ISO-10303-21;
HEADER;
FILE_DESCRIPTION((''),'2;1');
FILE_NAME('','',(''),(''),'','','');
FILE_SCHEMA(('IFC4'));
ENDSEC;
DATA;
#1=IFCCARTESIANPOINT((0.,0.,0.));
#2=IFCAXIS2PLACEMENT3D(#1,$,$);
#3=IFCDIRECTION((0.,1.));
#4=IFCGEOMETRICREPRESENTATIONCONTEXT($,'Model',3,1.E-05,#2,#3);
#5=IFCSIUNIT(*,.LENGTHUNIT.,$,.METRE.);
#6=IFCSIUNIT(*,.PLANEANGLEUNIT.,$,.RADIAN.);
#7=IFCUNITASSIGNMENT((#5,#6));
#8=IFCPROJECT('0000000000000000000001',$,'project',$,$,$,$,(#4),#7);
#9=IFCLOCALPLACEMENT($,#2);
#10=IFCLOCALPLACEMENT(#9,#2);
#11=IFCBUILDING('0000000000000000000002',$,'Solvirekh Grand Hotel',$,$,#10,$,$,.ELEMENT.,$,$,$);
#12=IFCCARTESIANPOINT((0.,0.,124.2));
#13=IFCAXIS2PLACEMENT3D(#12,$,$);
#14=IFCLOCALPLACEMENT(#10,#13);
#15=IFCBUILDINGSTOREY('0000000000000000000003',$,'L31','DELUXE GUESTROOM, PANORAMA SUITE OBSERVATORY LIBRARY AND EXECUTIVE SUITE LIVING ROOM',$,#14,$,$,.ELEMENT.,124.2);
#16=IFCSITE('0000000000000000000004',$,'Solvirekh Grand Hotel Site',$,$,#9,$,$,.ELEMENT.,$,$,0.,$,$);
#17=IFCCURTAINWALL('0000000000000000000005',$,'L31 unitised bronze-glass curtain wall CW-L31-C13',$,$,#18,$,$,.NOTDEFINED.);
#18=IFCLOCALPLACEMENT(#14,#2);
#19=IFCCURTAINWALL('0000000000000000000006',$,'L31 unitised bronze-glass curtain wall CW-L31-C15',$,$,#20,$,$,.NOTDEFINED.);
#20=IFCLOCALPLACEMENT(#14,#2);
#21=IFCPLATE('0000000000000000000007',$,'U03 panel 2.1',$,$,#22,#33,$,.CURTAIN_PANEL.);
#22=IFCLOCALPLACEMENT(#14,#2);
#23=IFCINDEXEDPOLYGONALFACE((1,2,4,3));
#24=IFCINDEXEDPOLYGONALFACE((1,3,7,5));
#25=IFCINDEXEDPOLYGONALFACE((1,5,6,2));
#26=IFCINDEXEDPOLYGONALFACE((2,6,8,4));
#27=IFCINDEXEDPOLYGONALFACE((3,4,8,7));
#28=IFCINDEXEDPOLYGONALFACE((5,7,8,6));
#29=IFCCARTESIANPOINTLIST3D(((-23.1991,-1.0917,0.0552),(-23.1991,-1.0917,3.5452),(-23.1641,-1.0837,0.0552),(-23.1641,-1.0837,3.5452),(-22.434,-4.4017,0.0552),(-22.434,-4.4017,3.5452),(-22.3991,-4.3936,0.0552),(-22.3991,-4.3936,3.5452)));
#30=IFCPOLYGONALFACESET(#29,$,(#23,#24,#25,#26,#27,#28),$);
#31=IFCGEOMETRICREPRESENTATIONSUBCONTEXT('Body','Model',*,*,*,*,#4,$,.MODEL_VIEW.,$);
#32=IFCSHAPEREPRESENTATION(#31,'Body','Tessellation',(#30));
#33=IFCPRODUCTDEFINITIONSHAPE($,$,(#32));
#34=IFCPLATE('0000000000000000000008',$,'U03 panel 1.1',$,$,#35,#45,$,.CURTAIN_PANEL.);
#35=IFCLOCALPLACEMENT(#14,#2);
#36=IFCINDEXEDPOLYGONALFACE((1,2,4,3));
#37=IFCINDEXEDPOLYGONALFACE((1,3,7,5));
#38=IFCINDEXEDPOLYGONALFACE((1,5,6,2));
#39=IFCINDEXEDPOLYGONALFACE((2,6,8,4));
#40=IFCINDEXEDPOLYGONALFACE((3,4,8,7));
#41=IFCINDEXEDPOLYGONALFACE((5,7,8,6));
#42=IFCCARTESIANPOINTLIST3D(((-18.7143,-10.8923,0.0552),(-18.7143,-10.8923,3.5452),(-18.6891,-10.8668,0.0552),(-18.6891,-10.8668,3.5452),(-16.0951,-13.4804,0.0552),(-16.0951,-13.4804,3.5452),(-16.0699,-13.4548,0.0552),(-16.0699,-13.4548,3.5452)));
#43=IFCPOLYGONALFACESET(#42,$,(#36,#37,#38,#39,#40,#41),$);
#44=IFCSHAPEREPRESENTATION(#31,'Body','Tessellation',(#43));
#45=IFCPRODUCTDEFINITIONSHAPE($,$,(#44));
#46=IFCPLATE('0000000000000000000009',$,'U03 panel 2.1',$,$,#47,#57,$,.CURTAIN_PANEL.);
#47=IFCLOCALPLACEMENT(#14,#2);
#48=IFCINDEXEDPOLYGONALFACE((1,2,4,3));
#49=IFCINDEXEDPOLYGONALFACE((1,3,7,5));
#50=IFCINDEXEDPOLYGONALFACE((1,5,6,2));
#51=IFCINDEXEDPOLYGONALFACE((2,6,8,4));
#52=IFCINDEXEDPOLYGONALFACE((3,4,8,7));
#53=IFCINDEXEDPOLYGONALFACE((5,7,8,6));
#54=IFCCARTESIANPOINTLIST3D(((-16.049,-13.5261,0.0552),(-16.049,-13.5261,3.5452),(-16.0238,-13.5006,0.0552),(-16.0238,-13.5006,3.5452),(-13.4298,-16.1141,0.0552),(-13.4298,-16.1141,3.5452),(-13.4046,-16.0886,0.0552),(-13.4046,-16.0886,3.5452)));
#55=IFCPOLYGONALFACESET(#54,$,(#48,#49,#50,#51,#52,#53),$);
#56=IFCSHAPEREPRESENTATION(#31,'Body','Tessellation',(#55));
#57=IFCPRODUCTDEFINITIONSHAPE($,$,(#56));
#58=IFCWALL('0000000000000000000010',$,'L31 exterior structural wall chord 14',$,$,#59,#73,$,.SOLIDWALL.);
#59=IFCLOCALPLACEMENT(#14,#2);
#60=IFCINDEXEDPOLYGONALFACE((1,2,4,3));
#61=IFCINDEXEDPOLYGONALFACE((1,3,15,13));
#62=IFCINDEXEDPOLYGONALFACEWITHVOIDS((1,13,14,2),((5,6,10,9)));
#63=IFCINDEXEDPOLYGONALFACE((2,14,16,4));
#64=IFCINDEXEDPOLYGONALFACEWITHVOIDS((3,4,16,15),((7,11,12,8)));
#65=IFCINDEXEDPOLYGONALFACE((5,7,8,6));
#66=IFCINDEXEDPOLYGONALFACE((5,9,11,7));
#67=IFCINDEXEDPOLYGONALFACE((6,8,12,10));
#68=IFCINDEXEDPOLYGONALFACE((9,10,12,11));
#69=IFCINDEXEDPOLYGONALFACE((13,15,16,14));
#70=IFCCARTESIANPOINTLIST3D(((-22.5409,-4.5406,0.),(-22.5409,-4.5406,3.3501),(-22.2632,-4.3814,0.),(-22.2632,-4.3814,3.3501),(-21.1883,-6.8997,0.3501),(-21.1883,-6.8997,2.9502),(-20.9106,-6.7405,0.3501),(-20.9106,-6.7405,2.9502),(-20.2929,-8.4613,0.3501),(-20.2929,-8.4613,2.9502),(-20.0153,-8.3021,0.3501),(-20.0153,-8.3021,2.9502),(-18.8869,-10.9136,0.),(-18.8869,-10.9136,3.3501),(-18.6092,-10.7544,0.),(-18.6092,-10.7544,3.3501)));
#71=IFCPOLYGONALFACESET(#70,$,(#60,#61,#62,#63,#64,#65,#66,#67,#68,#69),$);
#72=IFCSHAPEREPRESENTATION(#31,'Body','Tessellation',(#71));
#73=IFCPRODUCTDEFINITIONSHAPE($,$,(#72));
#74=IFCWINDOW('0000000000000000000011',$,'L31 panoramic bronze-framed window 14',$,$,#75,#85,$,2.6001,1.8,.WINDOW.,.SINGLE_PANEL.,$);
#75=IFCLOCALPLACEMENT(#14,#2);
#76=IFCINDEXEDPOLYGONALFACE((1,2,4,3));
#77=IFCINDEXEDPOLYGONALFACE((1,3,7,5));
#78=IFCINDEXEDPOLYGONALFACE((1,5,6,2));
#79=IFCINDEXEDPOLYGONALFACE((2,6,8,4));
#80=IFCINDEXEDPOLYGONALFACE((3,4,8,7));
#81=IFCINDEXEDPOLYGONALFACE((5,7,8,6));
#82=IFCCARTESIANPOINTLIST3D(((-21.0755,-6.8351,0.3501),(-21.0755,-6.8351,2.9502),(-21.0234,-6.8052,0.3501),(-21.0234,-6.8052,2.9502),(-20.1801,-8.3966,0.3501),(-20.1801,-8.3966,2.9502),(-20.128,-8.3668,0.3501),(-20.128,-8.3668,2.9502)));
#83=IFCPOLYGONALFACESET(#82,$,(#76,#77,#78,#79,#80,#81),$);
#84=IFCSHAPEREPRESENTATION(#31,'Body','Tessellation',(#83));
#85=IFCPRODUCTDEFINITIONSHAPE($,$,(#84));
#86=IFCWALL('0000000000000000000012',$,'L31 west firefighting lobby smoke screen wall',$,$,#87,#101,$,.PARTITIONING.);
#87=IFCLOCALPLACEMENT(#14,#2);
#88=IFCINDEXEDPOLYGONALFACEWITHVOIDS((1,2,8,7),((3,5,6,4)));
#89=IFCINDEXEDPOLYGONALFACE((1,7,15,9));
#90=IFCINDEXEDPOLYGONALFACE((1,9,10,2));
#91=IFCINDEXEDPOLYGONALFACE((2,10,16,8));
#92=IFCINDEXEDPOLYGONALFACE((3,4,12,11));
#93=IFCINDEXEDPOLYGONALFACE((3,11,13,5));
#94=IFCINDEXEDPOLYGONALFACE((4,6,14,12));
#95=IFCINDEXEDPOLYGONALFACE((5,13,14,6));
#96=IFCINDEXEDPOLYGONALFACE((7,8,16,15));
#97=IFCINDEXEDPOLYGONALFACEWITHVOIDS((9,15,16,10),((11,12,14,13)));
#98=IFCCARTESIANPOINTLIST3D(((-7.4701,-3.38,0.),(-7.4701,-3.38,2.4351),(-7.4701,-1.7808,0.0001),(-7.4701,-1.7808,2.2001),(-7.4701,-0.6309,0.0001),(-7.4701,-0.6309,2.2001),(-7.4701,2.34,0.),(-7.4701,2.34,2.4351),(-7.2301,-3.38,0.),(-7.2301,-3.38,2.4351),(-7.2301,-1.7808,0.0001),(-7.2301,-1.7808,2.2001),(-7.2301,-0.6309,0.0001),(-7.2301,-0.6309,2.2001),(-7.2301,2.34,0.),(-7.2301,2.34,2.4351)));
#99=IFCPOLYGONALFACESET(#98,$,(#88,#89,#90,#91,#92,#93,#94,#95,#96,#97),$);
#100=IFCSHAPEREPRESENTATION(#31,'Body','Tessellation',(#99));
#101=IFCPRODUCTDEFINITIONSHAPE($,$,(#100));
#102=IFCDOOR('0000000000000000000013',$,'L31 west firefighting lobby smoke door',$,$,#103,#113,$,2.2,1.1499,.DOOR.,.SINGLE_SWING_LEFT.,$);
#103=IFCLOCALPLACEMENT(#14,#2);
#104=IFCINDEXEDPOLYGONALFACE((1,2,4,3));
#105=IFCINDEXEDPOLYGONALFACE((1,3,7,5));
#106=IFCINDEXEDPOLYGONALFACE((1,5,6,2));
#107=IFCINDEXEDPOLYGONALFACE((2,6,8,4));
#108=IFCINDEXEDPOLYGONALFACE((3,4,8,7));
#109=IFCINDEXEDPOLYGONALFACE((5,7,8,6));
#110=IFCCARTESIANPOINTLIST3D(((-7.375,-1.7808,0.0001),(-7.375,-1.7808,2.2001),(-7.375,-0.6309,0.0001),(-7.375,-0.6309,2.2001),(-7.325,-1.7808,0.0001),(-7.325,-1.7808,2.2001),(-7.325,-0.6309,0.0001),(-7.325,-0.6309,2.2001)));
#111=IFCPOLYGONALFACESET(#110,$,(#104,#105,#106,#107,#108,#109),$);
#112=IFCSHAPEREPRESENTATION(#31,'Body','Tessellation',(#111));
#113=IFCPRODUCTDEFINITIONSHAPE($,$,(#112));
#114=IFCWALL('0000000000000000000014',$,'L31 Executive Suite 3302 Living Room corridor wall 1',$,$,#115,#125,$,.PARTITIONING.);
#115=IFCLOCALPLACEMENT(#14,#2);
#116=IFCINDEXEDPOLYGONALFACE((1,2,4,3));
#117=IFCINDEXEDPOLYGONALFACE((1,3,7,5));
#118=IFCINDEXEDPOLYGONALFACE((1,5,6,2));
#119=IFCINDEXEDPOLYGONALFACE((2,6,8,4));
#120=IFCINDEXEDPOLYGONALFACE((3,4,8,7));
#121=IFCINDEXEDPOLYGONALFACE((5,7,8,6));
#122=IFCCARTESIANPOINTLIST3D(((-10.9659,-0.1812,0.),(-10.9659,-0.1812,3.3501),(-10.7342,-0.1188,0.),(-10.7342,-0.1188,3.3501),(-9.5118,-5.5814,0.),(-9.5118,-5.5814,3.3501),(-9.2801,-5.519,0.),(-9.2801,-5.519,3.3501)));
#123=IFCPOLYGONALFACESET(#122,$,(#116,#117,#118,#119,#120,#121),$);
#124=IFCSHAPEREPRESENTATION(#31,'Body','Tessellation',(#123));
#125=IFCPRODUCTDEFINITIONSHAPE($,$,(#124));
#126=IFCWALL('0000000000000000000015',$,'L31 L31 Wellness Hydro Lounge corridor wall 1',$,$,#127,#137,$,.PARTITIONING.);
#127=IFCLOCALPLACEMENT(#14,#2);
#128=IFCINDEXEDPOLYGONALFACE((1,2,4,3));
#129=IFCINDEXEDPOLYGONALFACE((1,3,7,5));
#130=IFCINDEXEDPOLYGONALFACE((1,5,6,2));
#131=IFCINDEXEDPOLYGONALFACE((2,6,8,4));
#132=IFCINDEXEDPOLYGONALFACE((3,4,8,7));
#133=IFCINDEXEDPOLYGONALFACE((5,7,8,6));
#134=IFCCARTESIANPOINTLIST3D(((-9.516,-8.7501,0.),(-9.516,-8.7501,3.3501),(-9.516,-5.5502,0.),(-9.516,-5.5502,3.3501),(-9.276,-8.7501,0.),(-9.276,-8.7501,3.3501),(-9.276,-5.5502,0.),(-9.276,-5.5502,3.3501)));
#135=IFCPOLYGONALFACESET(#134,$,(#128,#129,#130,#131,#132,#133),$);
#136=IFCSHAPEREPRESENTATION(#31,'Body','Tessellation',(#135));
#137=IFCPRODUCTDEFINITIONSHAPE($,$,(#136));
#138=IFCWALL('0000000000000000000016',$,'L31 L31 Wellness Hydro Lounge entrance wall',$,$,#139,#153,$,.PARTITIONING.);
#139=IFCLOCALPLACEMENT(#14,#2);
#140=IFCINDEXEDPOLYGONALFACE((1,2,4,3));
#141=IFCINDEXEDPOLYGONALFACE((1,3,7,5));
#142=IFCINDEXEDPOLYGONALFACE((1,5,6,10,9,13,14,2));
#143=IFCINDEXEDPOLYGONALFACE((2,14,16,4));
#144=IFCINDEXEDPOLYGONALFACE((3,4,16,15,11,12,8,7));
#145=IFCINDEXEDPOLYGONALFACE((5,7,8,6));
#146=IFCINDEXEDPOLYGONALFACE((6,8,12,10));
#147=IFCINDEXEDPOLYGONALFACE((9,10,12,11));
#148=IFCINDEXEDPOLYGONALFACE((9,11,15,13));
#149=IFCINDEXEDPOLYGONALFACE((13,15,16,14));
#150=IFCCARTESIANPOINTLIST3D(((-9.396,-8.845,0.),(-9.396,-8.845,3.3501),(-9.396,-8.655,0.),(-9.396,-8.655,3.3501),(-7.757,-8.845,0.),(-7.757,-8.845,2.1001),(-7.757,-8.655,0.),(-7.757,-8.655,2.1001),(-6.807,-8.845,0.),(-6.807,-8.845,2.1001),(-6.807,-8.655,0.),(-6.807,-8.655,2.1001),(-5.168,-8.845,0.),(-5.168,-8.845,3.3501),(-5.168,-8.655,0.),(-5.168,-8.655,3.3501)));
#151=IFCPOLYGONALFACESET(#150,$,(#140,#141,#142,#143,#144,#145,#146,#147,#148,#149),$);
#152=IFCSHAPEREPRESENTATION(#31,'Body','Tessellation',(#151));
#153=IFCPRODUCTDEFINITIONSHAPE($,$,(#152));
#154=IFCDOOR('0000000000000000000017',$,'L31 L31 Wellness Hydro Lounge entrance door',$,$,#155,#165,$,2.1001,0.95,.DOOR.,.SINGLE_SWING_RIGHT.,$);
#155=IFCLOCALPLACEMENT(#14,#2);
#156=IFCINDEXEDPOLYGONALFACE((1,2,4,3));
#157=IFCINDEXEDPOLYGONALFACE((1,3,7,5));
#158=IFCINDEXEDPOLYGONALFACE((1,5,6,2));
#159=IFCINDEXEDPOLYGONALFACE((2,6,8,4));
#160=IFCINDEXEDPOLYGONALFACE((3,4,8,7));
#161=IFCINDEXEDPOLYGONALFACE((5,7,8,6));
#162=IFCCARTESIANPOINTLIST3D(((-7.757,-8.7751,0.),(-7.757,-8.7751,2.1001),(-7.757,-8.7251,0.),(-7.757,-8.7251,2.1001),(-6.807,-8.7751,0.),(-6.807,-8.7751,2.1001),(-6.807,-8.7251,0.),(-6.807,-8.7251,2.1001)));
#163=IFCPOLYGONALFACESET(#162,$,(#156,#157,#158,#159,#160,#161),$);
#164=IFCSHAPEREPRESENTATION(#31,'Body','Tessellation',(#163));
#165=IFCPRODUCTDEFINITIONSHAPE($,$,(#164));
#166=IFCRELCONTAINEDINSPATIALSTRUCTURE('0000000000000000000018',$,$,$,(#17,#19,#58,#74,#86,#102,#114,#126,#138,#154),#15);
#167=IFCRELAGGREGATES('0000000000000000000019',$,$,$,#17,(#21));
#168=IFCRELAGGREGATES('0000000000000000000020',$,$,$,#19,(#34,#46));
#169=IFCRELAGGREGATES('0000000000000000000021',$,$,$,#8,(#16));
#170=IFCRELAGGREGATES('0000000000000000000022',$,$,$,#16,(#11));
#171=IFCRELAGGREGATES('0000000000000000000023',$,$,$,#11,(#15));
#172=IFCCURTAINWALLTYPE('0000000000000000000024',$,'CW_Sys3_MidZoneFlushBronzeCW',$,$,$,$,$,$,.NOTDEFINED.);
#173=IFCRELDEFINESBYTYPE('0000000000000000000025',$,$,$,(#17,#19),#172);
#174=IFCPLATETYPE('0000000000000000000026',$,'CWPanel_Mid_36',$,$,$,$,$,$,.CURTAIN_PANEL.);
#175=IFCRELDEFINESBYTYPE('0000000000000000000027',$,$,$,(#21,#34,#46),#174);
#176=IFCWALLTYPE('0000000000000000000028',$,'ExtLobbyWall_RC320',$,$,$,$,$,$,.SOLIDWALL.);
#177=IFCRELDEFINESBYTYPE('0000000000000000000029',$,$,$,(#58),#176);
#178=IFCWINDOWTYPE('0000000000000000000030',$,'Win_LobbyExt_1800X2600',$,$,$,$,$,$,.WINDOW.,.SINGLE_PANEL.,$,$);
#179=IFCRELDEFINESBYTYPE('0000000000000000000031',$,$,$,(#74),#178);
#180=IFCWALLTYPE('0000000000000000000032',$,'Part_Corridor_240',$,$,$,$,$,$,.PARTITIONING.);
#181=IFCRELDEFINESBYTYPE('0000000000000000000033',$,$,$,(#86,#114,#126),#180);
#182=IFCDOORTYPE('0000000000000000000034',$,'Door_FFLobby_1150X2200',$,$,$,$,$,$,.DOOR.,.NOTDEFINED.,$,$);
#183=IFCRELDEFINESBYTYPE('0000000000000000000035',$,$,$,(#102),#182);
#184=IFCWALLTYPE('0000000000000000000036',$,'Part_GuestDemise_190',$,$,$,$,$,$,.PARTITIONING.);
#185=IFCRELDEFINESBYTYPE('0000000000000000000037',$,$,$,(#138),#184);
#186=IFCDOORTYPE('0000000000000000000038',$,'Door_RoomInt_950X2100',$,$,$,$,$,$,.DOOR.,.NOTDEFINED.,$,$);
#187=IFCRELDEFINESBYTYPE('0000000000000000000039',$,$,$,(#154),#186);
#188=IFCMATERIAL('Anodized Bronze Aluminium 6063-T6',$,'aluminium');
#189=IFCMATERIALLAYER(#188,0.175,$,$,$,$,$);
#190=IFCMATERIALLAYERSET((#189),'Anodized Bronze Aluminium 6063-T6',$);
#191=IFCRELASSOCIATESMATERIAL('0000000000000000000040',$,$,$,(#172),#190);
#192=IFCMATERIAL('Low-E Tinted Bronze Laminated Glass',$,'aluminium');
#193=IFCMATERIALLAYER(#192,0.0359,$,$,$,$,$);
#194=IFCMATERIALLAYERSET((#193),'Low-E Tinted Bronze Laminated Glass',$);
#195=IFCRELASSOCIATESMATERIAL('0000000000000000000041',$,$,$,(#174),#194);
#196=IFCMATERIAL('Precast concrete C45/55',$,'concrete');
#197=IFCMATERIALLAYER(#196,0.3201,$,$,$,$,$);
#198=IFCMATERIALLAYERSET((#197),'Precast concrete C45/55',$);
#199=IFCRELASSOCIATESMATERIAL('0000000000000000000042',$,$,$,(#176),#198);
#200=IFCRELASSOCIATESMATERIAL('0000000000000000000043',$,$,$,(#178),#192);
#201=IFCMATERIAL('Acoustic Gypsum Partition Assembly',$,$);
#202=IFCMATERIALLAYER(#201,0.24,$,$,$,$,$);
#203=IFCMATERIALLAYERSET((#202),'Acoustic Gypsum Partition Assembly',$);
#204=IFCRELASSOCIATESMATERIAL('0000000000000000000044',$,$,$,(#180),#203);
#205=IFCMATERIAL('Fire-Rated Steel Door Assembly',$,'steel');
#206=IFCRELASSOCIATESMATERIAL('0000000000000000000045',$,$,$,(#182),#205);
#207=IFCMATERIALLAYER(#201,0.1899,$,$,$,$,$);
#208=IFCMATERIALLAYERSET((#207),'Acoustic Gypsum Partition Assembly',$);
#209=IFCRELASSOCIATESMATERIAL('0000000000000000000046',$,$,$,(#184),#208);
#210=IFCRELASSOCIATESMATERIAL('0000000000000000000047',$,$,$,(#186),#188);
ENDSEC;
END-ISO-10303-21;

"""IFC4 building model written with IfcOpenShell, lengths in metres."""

from ifc_helpers import new_model, si_unit, direction, frame, frame_2d, origin, origin_2d, place, context, subcontext, project, spatial, rectangle, extrude, source, transform, mapped, material, layer, layer_set, type_object, element, fill, aggregate, save


model = new_model("IFC4")

# Units and contexts
model_context = context("Model", 3, precision=1e-05, world=origin(), true_north=direction((0.0, 1.0)))
body_context = subcontext(model_context, "Body", "Model", "MODEL_VIEW")
ifc_project = project(units=[si_unit("LENGTHUNIT", "METRE"), si_unit("PLANEANGLEUNIT", "RADIAN")], contexts=[model_context])

# Site, building, storey
site_placement = place(None, origin())
site = spatial("IfcSite", under=ifc_project, at=site_placement, Name="Solvirekh Grand Hotel Site", CompositionType="ELEMENT", RefElevation=0.0)
building_placement = place(site_placement, origin())
building = spatial("IfcBuilding", under=site, at=building_placement, Name="Solvirekh Grand Hotel", CompositionType="ELEMENT")
storey_placement = place(building_placement, frame((0.0, 0.0, 124.2)))
storey = spatial("IfcBuildingStorey", under=building, at=storey_placement, Name="L31", Description="DELUXE GUESTROOM, PANORAMA SUITE OBSERVATORY LIBRARY AND EXECUTIVE SUITE LIVING ROOM", CompositionType="ELEMENT", Elevation=124.2)

# Curtain walls
ifc_material_1 = material(Name="Anodized Bronze Aluminium 6063-T6", Category="aluminium")
ifc_layer_1 = layer(ifc_material_1, 0.175)
ifc_layer_set_1 = layer_set([ifc_layer_1], Name="Anodized Bronze Aluminium 6063-T6")
curtain_wall_type = type_object("IfcCurtainWallType", Name="CW_Sys3_MidZoneFlushBronzeCW", PredefinedType="NOTDEFINED", material=ifc_layer_set_1)
curtain_wall_1_placement = place(storey_placement, origin())
curtain_wall_1 = element("IfcCurtainWall", 1, at=curtain_wall_1_placement, inside=storey, type_object=curtain_wall_type, Name="L31 unitised bronze-glass curtain wall CW-L31-C13", PredefinedType="NOTDEFINED")
curtain_wall_2_placement = place(storey_placement, origin())
curtain_wall_2 = element("IfcCurtainWall", 2, at=curtain_wall_2_placement, inside=storey, type_object=curtain_wall_type, Name="L31 unitised bronze-glass curtain wall CW-L31-C15", PredefinedType="NOTDEFINED")

# Plates
ifc_material_2 = material(Name="Low-E Tinted Bronze Laminated Glass", Category="aluminium")
ifc_layer_2 = layer(ifc_material_2, 0.0359)
ifc_layer_set_2 = layer_set([ifc_layer_2], Name="Low-E Tinted Bronze Laminated Glass")
plate_type = type_object("IfcPlateType", Name="CWPanel_Mid_36", PredefinedType="CURTAIN_PANEL", material=ifc_layer_set_2)
shared_shape_1 = source(origin(), body_context, "Body", "SweptSolid", [
    extrude(rectangle(XDim=3.3972, YDim=0.0359, at=origin_2d()), origin(), (0.0, 0.0, 1.0), 3.49),
])
plate_1_placement = place(storey_placement, frame((-22.7991, -2.7427, 0.0552), z_axis=(0.0, 0.0, 1.0), x_axis=(0.225194, -0.974314, 0.0)))
plate_1 = element("IfcPlate", 3, at=plate_1_placement, type_object=plate_type, Name="U03 panel 2.1", PredefinedType="CURTAIN_PANEL", context=body_context, shape_type="MappedRepresentation", body=[
    mapped(shared_shape_1, transform((0.0, 0.0, 0.0), x_axis=(1.0, 0.0, 0.0), y_axis=(0.0, 1.0, 0.0), z_axis=(0.0, 0.0, 1.0), scale=1.0)),
])
aggregate(curtain_wall_1, [plate_1])
shared_shape_2 = source(origin(), body_context, "Body", "SweptSolid", [
    extrude(rectangle(XDim=3.6821, YDim=0.0359, at=origin_2d()), origin(), (0.0, 0.0, 1.0), 3.49),
])
plate_2_placement = place(storey_placement, frame((-17.3921, -12.1736, 0.0552), z_axis=(0.0, 0.0, 1.0), x_axis=(0.711327, -0.702861, 0.0)))
plate_2 = element("IfcPlate", 4, at=plate_2_placement, type_object=plate_type, Name="U03 panel 1.1", PredefinedType="CURTAIN_PANEL", context=body_context, shape_type="MappedRepresentation", body=[
    mapped(shared_shape_2, transform((0.0, 0.0, 0.0), x_axis=(1.0, 0.0, 0.0), y_axis=(0.0, 1.0, 0.0), z_axis=(0.0, 0.0, 1.0), scale=1.0)),
])
plate_3_placement = place(storey_placement, frame((-14.7268, -14.8074, 0.0552), z_axis=(0.0, 0.0, 1.0), x_axis=(0.711327, -0.702861, 0.0)))
plate_3 = element("IfcPlate", 5, at=plate_3_placement, type_object=plate_type, Name="U03 panel 2.1", PredefinedType="CURTAIN_PANEL", context=body_context, shape_type="MappedRepresentation", body=[
    mapped(shared_shape_2, transform((0.0, 0.0, 0.0), x_axis=(1.0, 0.0, 0.0), y_axis=(0.0, 1.0, 0.0), z_axis=(0.0, 0.0, 1.0), scale=1.0)),
])
aggregate(curtain_wall_2, [plate_2, plate_3])

# Wall, opening, window
ifc_material_3 = material(Name="Precast concrete C45/55", Category="concrete")
ifc_layer_3 = layer(ifc_material_3, 0.3201)
ifc_layer_set_3 = layer_set([ifc_layer_3], Name="Precast concrete C45/55")
wall_type_1 = type_object("IfcWallType", Name="ExtLobbyWall_RC320", PredefinedType="SOLIDWALL", material=ifc_layer_set_3)
wall_1_placement = place(storey_placement, frame((-18.748, -10.834, 0.0), z_axis=(0.0, 0.0, 1.0), x_axis=(-0.497402, 0.86752, 0.0)))
wall_1 = element("IfcWall", 6, at=wall_1_placement, inside=storey, type_object=wall_type_1, Name="L31 exterior structural wall chord 14", PredefinedType="SOLIDWALL", context=body_context, shape_type="SweptSolid", body=[
    extrude(rectangle(XDim=7.3462, YDim=0.3201, at=frame_2d((3.6731, 0.0))), origin(), (0.0, 0.0, 1.0), 3.3501),
])
opening_1_placement = place(wall_1_placement, frame((2.8269, 0.0, 0.3501)))
opening_1 = element("IfcOpeningElement", 7, at=opening_1_placement, cuts=wall_1, PredefinedType="OPENING", context=body_context, shape_type="SweptSolid", body=[
    extrude(rectangle(XDim=1.8, YDim=2.6001, at=frame_2d((0.8999, 1.3))), frame((0.0, 0.1699, 0.0), z_axis=(0.0, -1.0, 0.0), x_axis=(1.0, 0.0, 0.0)), (0.0, 0.0, 1.0), 0.3401),
])
window_type = type_object("IfcWindowType", Name="Win_LobbyExt_1800X2600", PartitioningType="SINGLE_PANEL", PredefinedType="WINDOW", material=ifc_material_2)
window_placement = place(opening_1_placement, origin())
window = element("IfcWindow", 8, at=window_placement, inside=storey, type_object=window_type, Name="L31 panoramic bronze-framed window 14", OverallHeight=2.6001, OverallWidth=1.8, PartitioningType="SINGLE_PANEL", PredefinedType="WINDOW", context=body_context, shape_type="SweptSolid", body=[
    extrude(rectangle(XDim=1.8, YDim=2.6001, at=frame_2d((0.8999, 1.3))), frame((0.0, 0.03, 0.0), z_axis=(0.0, -1.0, 0.0), x_axis=(1.0, 0.0, 0.0)), (0.0, 0.0, 1.0), 0.0601),
])
fill(opening_1, window)

# Wall, opening, door
ifc_material_4 = material(Name="Acoustic Gypsum Partition Assembly")
ifc_layer_4 = layer(ifc_material_4, 0.24)
ifc_layer_set_4 = layer_set([ifc_layer_4], Name="Acoustic Gypsum Partition Assembly")
wall_type_2 = type_object("IfcWallType", Name="Part_Corridor_240", PredefinedType="PARTITIONING", material=ifc_layer_set_4)
wall_2_placement = place(storey_placement, frame((-7.3501, -3.3799, 0.0), z_axis=(0.0, 0.0, 1.0), x_axis=(0.0, 1.0, 0.0)))
wall_2 = element("IfcWall", 9, at=wall_2_placement, inside=storey, type_object=wall_type_2, Name="L31 west firefighting lobby smoke screen wall", PredefinedType="PARTITIONING", context=body_context, shape_type="SweptSolid", body=[
    extrude(rectangle(XDim=5.72, YDim=0.24, at=frame_2d((2.8599, 0.0))), origin(), (0.0, 0.0, 1.0), 2.4351),
])
opening_2_placement = place(wall_2_placement, frame((1.5991, 0.0, 0.0)))
opening_2 = element("IfcOpeningElement", 10, at=opening_2_placement, cuts=wall_2, PredefinedType="OPENING", context=body_context, shape_type="SweptSolid", body=[
    extrude(rectangle(XDim=1.1499, YDim=2.2, at=frame_2d((0.575, 1.1001))), frame((0.0, 0.1299, 0.0), z_axis=(0.0, -1.0, 0.0), x_axis=(1.0, 0.0, 0.0)), (0.0, 0.0, 1.0), 0.26),
])
ifc_material_5 = material(Name="Fire-Rated Steel Door Assembly", Category="steel")
door_type_1 = type_object("IfcDoorType", Name="Door_FFLobby_1150X2200", OperationType="NOTDEFINED", PredefinedType="DOOR", material=ifc_material_5)
door_1_placement = place(opening_2_placement, origin())
door_1 = element("IfcDoor", 11, at=door_1_placement, inside=storey, type_object=door_type_1, Name="L31 west firefighting lobby smoke door", OperationType="SINGLE_SWING_LEFT", OverallHeight=2.2, OverallWidth=1.1499, PredefinedType="DOOR", context=body_context, shape_type="SweptSolid", body=[
    extrude(rectangle(XDim=1.1499, YDim=2.2, at=frame_2d((0.575, 1.1001))), frame((0.0, 0.0249, 0.0), z_axis=(0.0, -1.0, 0.0), x_axis=(1.0, 0.0, 0.0)), (0.0, 0.0, 1.0), 0.05),
])
fill(opening_2, door_1)

# Walls
wall_3_placement = place(storey_placement, frame((-10.8501, -0.1499, 0.0), z_axis=(0.0, 0.0, 1.0), x_axis=(0.260009, -0.965606, 0.0)))
element("IfcWall", 12, at=wall_3_placement, inside=storey, type_object=wall_type_2, Name="L31 Executive Suite 3302 Living Room corridor wall 1", PredefinedType="PARTITIONING", context=body_context, shape_type="SweptSolid", body=[
    extrude(rectangle(XDim=5.5925, YDim=0.24, at=frame_2d((2.7964, 0.0))), origin(), (0.0, 0.0, 1.0), 3.3501),
])
wall_4_placement = place(storey_placement, frame((-9.396, -5.55, 0.0), z_axis=(0.0, 0.0, 1.0), x_axis=(0.0, -1.0, 0.0)))
element("IfcWall", 13, at=wall_4_placement, inside=storey, type_object=wall_type_2, Name="L31 L31 Wellness Hydro Lounge corridor wall 1", PredefinedType="PARTITIONING", context=body_context, shape_type="SweptSolid", body=[
    extrude(rectangle(XDim=3.2, YDim=0.24, at=frame_2d((1.6001, 0.0))), origin(), (0.0, 0.0, 1.0), 3.3501),
])

# Wall, opening, door
ifc_layer_5 = layer(ifc_material_4, 0.1899)
ifc_layer_set_5 = layer_set([ifc_layer_5], Name="Acoustic Gypsum Partition Assembly")
wall_type_3 = type_object("IfcWallType", Name="Part_GuestDemise_190", PredefinedType="PARTITIONING", material=ifc_layer_set_5)
wall_5_placement = place(storey_placement, frame((-9.396, -8.75, 0.0), z_axis=(0.0, 0.0, 1.0), x_axis=(1.0, 0.0, 0.0)))
wall_5 = element("IfcWall", 14, at=wall_5_placement, inside=storey, type_object=wall_type_3, Name="L31 L31 Wellness Hydro Lounge entrance wall", PredefinedType="PARTITIONING", context=body_context, shape_type="SweptSolid", body=[
    extrude(rectangle(XDim=4.228, YDim=0.1899, at=frame_2d((2.114, 0.0))), origin(), (0.0, 0.0, 1.0), 3.3501),
])
opening_3_placement = place(wall_5_placement, frame((1.6389, 0.0, 0.0)))
opening_3 = element("IfcOpeningElement", 15, at=opening_3_placement, cuts=wall_5, PredefinedType="OPENING", context=body_context, shape_type="SweptSolid", body=[
    extrude(rectangle(XDim=0.95, YDim=2.1001, at=frame_2d((0.4751, 1.05))), frame((0.0, 0.105, 0.0), z_axis=(0.0, -1.0, 0.0), x_axis=(1.0, 0.0, 0.0)), (0.0, 0.0, 1.0), 0.21),
])
door_type_2 = type_object("IfcDoorType", Name="Door_RoomInt_950X2100", OperationType="NOTDEFINED", PredefinedType="DOOR", material=ifc_material_1)
door_2_placement = place(opening_3_placement, origin())
door_2 = element("IfcDoor", 16, at=door_2_placement, inside=storey, type_object=door_type_2, Name="L31 L31 Wellness Hydro Lounge entrance door", OperationType="SINGLE_SWING_RIGHT", OverallHeight=2.1001, OverallWidth=0.95, PredefinedType="DOOR", context=body_context, shape_type="SweptSolid", body=[
    extrude(rectangle(XDim=0.95, YDim=2.1001, at=frame_2d((0.4751, 1.05))), frame((0.0, 0.0249, 0.0), z_axis=(0.0, -1.0, 0.0), x_axis=(1.0, 0.0, 0.0)), (0.0, 0.0, 1.0), 0.05),
])
fill(opening_3, door_2)

save(model, "model.ifc")
